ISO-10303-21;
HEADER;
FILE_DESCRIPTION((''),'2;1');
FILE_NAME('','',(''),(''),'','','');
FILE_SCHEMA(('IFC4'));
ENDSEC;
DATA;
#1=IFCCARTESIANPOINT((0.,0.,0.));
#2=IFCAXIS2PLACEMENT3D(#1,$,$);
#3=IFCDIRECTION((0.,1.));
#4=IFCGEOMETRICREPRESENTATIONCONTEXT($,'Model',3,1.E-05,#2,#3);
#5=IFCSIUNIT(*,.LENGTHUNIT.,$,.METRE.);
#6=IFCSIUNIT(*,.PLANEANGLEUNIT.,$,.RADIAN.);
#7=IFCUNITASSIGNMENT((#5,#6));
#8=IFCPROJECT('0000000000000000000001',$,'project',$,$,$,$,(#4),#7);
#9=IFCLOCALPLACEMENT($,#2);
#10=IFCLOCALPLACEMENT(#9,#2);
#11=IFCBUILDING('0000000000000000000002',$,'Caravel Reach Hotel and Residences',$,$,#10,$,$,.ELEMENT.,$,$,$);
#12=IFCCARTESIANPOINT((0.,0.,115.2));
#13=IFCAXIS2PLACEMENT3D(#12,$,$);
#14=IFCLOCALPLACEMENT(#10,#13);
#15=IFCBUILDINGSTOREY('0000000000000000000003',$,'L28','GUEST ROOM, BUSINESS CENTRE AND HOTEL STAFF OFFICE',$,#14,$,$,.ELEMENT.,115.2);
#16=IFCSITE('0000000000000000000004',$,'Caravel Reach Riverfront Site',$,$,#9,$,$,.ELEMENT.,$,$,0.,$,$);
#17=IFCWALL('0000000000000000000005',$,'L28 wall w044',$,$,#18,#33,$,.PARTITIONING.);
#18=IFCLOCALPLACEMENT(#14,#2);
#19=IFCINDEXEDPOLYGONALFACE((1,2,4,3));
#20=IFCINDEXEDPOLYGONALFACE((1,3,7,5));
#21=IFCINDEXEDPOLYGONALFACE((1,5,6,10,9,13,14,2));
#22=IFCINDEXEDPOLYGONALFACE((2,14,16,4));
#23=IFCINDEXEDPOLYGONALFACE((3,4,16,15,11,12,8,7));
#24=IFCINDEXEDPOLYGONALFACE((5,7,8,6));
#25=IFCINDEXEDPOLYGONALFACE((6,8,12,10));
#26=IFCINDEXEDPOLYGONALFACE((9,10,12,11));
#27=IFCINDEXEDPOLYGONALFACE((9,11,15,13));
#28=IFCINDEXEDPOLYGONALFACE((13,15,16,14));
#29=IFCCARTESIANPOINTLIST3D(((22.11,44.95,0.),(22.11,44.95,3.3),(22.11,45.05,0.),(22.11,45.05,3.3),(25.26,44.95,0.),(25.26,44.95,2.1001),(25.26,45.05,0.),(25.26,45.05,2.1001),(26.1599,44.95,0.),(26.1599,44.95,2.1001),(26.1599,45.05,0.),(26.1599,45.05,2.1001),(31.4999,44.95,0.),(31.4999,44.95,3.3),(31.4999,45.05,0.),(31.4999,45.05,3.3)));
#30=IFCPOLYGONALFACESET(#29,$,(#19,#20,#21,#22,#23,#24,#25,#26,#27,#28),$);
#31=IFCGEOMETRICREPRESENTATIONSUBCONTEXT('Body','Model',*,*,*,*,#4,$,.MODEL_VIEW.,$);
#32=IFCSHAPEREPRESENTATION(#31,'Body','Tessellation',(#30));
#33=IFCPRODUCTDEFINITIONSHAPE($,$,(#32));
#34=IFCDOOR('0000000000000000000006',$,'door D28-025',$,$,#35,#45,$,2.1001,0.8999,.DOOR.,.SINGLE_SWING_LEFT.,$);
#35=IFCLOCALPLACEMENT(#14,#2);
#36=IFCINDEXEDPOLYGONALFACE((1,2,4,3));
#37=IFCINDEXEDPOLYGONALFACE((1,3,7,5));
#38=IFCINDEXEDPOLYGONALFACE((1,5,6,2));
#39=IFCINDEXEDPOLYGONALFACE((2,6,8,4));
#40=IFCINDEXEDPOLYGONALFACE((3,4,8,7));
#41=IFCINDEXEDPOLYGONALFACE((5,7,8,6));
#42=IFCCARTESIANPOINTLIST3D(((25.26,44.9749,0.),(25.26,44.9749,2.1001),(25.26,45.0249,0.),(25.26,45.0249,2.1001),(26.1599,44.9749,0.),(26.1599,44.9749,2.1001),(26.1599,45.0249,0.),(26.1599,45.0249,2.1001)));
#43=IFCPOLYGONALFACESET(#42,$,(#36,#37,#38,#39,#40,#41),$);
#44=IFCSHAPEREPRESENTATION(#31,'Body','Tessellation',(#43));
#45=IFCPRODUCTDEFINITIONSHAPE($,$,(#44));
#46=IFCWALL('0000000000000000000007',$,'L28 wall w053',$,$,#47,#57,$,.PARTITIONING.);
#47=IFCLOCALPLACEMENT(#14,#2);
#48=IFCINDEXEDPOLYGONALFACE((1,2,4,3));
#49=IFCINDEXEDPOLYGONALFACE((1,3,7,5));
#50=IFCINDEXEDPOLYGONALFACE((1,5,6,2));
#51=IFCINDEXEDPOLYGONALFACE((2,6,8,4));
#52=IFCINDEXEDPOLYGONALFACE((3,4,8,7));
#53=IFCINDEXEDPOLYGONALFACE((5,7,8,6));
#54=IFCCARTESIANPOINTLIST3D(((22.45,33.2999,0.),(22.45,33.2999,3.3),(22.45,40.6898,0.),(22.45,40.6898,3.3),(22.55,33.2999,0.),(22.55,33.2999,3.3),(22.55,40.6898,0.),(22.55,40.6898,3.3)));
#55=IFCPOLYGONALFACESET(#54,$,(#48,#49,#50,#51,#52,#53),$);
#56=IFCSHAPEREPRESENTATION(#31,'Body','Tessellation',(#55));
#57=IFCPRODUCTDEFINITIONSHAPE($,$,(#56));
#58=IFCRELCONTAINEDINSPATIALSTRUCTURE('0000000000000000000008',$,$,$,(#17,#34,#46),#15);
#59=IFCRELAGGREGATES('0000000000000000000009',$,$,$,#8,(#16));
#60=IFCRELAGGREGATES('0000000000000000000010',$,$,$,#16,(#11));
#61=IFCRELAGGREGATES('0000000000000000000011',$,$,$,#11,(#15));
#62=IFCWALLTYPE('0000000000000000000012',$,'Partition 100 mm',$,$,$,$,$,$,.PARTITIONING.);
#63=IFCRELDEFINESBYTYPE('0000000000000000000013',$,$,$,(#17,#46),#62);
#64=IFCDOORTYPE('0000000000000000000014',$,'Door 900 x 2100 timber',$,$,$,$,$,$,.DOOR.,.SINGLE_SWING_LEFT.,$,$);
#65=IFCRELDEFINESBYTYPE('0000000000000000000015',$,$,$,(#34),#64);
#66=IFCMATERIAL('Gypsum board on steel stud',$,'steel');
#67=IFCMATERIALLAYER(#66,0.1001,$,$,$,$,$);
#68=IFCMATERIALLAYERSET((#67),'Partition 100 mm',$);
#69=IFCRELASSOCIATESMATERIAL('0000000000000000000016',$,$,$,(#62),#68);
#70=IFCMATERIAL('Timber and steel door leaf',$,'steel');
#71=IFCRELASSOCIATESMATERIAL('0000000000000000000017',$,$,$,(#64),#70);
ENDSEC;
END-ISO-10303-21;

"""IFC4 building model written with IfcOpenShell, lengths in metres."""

from ifc_helpers import new_model, si_unit, direction, frame, frame_2d, origin, place, context, subcontext, project, spatial, rectangle, extrude, material, layer, layer_set, type_object, element, fill, save


model = new_model("IFC4")

# Units and contexts
model_context = context("Model", 3, precision=1e-05, world=origin(), true_north=direction((0.0, 1.0)))
body_context = subcontext(model_context, "Body", "Model", "MODEL_VIEW")
ifc_project = project(units=[si_unit("LENGTHUNIT", "METRE"), si_unit("PLANEANGLEUNIT", "RADIAN")], contexts=[model_context])

# Site, building, storey
site_placement = place(None, origin())
site = spatial("IfcSite", under=ifc_project, at=site_placement, Name="Caravel Reach Riverfront Site", CompositionType="ELEMENT", RefElevation=0.0)
building_placement = place(site_placement, origin())
building = spatial("IfcBuilding", under=site, at=building_placement, Name="Caravel Reach Hotel and Residences", CompositionType="ELEMENT")
storey_placement = place(building_placement, frame((0.0, 0.0, 115.2)))
storey = spatial("IfcBuildingStorey", under=building, at=storey_placement, Name="L28", Description="GUEST ROOM, BUSINESS CENTRE AND HOTEL STAFF OFFICE", CompositionType="ELEMENT", Elevation=115.2)

# Shared definitions
ifc_material_1 = material(Name="Gypsum board on steel stud", Category="steel")
ifc_layer_1 = layer(ifc_material_1, 0.1001)
ifc_layer_set_1 = layer_set([ifc_layer_1], Name="Partition 100 mm")
wall_type_1 = type_object("IfcWallType", Name="Partition 100 mm", PredefinedType="PARTITIONING", material=ifc_layer_set_1)

# Wall, opening, door
wall_1_placement = place(storey_placement, frame((22.1101, 45.0, 0.0), z_axis=(0.0, 0.0, 1.0), x_axis=(1.0, 0.0, 0.0)))
wall_1 = element("IfcWall", 1, at=wall_1_placement, inside=storey, type_object=wall_type_1, Name="L28 wall w044", PredefinedType="PARTITIONING", context=body_context, shape_type="SweptSolid", body=[
    extrude(rectangle(XDim=9.3899, YDim=0.1001, at=frame_2d((4.6948, 0.0))), origin(), (0.0, 0.0, 1.0), 3.3),
])
opening_1_placement = place(wall_1_placement, frame((3.1499, 0.0, 0.0)))
opening_1 = element("IfcOpeningElement", 2, at=opening_1_placement, cuts=wall_1, PredefinedType="OPENING", context=body_context, shape_type="SweptSolid", body=[
    extrude(rectangle(XDim=0.8999, YDim=2.1001, at=frame_2d((0.45, 1.05))), frame((0.0, 0.0601, 0.0), z_axis=(0.0, -1.0, 0.0), x_axis=(1.0, 0.0, 0.0)), (0.0, 0.0, 1.0), 0.1201),
])
ifc_material_2 = material(Name="Timber and steel door leaf", Category="steel")
door_type_1 = type_object("IfcDoorType", Name="Door 900 x 2100 timber", OperationType="SINGLE_SWING_LEFT", PredefinedType="DOOR", material=ifc_material_2)
door_1_placement = place(opening_1_placement, origin())
door_1 = element("IfcDoor", 3, at=door_1_placement, inside=storey, type_object=door_type_1, Name="door D28-025", OperationType="SINGLE_SWING_LEFT", OverallHeight=2.1001, OverallWidth=0.8999, PredefinedType="DOOR", context=body_context, shape_type="SweptSolid", body=[
    extrude(rectangle(XDim=0.8999, YDim=2.1001, at=frame_2d((0.45, 1.05))), frame((0.0, 0.0249, 0.0), z_axis=(0.0, -1.0, 0.0), x_axis=(1.0, 0.0, 0.0)), (0.0, 0.0, 1.0), 0.05),
])
fill(opening_1, door_1)

# Wall
wall_2_placement = place(storey_placement, frame((22.5, 33.3, 0.0), z_axis=(0.0, 0.0, 1.0), x_axis=(0.0, 1.0, 0.0)))
element("IfcWall", 4, at=wall_2_placement, inside=storey, type_object=wall_type_1, Name="L28 wall w053", PredefinedType="PARTITIONING", context=body_context, shape_type="SweptSolid", body=[
    extrude(rectangle(XDim=7.3899, YDim=0.1001, at=frame_2d((3.6948, 0.0))), origin(), (0.0, 0.0, 1.0), 3.3),
])

save(model, "model.ifc")
